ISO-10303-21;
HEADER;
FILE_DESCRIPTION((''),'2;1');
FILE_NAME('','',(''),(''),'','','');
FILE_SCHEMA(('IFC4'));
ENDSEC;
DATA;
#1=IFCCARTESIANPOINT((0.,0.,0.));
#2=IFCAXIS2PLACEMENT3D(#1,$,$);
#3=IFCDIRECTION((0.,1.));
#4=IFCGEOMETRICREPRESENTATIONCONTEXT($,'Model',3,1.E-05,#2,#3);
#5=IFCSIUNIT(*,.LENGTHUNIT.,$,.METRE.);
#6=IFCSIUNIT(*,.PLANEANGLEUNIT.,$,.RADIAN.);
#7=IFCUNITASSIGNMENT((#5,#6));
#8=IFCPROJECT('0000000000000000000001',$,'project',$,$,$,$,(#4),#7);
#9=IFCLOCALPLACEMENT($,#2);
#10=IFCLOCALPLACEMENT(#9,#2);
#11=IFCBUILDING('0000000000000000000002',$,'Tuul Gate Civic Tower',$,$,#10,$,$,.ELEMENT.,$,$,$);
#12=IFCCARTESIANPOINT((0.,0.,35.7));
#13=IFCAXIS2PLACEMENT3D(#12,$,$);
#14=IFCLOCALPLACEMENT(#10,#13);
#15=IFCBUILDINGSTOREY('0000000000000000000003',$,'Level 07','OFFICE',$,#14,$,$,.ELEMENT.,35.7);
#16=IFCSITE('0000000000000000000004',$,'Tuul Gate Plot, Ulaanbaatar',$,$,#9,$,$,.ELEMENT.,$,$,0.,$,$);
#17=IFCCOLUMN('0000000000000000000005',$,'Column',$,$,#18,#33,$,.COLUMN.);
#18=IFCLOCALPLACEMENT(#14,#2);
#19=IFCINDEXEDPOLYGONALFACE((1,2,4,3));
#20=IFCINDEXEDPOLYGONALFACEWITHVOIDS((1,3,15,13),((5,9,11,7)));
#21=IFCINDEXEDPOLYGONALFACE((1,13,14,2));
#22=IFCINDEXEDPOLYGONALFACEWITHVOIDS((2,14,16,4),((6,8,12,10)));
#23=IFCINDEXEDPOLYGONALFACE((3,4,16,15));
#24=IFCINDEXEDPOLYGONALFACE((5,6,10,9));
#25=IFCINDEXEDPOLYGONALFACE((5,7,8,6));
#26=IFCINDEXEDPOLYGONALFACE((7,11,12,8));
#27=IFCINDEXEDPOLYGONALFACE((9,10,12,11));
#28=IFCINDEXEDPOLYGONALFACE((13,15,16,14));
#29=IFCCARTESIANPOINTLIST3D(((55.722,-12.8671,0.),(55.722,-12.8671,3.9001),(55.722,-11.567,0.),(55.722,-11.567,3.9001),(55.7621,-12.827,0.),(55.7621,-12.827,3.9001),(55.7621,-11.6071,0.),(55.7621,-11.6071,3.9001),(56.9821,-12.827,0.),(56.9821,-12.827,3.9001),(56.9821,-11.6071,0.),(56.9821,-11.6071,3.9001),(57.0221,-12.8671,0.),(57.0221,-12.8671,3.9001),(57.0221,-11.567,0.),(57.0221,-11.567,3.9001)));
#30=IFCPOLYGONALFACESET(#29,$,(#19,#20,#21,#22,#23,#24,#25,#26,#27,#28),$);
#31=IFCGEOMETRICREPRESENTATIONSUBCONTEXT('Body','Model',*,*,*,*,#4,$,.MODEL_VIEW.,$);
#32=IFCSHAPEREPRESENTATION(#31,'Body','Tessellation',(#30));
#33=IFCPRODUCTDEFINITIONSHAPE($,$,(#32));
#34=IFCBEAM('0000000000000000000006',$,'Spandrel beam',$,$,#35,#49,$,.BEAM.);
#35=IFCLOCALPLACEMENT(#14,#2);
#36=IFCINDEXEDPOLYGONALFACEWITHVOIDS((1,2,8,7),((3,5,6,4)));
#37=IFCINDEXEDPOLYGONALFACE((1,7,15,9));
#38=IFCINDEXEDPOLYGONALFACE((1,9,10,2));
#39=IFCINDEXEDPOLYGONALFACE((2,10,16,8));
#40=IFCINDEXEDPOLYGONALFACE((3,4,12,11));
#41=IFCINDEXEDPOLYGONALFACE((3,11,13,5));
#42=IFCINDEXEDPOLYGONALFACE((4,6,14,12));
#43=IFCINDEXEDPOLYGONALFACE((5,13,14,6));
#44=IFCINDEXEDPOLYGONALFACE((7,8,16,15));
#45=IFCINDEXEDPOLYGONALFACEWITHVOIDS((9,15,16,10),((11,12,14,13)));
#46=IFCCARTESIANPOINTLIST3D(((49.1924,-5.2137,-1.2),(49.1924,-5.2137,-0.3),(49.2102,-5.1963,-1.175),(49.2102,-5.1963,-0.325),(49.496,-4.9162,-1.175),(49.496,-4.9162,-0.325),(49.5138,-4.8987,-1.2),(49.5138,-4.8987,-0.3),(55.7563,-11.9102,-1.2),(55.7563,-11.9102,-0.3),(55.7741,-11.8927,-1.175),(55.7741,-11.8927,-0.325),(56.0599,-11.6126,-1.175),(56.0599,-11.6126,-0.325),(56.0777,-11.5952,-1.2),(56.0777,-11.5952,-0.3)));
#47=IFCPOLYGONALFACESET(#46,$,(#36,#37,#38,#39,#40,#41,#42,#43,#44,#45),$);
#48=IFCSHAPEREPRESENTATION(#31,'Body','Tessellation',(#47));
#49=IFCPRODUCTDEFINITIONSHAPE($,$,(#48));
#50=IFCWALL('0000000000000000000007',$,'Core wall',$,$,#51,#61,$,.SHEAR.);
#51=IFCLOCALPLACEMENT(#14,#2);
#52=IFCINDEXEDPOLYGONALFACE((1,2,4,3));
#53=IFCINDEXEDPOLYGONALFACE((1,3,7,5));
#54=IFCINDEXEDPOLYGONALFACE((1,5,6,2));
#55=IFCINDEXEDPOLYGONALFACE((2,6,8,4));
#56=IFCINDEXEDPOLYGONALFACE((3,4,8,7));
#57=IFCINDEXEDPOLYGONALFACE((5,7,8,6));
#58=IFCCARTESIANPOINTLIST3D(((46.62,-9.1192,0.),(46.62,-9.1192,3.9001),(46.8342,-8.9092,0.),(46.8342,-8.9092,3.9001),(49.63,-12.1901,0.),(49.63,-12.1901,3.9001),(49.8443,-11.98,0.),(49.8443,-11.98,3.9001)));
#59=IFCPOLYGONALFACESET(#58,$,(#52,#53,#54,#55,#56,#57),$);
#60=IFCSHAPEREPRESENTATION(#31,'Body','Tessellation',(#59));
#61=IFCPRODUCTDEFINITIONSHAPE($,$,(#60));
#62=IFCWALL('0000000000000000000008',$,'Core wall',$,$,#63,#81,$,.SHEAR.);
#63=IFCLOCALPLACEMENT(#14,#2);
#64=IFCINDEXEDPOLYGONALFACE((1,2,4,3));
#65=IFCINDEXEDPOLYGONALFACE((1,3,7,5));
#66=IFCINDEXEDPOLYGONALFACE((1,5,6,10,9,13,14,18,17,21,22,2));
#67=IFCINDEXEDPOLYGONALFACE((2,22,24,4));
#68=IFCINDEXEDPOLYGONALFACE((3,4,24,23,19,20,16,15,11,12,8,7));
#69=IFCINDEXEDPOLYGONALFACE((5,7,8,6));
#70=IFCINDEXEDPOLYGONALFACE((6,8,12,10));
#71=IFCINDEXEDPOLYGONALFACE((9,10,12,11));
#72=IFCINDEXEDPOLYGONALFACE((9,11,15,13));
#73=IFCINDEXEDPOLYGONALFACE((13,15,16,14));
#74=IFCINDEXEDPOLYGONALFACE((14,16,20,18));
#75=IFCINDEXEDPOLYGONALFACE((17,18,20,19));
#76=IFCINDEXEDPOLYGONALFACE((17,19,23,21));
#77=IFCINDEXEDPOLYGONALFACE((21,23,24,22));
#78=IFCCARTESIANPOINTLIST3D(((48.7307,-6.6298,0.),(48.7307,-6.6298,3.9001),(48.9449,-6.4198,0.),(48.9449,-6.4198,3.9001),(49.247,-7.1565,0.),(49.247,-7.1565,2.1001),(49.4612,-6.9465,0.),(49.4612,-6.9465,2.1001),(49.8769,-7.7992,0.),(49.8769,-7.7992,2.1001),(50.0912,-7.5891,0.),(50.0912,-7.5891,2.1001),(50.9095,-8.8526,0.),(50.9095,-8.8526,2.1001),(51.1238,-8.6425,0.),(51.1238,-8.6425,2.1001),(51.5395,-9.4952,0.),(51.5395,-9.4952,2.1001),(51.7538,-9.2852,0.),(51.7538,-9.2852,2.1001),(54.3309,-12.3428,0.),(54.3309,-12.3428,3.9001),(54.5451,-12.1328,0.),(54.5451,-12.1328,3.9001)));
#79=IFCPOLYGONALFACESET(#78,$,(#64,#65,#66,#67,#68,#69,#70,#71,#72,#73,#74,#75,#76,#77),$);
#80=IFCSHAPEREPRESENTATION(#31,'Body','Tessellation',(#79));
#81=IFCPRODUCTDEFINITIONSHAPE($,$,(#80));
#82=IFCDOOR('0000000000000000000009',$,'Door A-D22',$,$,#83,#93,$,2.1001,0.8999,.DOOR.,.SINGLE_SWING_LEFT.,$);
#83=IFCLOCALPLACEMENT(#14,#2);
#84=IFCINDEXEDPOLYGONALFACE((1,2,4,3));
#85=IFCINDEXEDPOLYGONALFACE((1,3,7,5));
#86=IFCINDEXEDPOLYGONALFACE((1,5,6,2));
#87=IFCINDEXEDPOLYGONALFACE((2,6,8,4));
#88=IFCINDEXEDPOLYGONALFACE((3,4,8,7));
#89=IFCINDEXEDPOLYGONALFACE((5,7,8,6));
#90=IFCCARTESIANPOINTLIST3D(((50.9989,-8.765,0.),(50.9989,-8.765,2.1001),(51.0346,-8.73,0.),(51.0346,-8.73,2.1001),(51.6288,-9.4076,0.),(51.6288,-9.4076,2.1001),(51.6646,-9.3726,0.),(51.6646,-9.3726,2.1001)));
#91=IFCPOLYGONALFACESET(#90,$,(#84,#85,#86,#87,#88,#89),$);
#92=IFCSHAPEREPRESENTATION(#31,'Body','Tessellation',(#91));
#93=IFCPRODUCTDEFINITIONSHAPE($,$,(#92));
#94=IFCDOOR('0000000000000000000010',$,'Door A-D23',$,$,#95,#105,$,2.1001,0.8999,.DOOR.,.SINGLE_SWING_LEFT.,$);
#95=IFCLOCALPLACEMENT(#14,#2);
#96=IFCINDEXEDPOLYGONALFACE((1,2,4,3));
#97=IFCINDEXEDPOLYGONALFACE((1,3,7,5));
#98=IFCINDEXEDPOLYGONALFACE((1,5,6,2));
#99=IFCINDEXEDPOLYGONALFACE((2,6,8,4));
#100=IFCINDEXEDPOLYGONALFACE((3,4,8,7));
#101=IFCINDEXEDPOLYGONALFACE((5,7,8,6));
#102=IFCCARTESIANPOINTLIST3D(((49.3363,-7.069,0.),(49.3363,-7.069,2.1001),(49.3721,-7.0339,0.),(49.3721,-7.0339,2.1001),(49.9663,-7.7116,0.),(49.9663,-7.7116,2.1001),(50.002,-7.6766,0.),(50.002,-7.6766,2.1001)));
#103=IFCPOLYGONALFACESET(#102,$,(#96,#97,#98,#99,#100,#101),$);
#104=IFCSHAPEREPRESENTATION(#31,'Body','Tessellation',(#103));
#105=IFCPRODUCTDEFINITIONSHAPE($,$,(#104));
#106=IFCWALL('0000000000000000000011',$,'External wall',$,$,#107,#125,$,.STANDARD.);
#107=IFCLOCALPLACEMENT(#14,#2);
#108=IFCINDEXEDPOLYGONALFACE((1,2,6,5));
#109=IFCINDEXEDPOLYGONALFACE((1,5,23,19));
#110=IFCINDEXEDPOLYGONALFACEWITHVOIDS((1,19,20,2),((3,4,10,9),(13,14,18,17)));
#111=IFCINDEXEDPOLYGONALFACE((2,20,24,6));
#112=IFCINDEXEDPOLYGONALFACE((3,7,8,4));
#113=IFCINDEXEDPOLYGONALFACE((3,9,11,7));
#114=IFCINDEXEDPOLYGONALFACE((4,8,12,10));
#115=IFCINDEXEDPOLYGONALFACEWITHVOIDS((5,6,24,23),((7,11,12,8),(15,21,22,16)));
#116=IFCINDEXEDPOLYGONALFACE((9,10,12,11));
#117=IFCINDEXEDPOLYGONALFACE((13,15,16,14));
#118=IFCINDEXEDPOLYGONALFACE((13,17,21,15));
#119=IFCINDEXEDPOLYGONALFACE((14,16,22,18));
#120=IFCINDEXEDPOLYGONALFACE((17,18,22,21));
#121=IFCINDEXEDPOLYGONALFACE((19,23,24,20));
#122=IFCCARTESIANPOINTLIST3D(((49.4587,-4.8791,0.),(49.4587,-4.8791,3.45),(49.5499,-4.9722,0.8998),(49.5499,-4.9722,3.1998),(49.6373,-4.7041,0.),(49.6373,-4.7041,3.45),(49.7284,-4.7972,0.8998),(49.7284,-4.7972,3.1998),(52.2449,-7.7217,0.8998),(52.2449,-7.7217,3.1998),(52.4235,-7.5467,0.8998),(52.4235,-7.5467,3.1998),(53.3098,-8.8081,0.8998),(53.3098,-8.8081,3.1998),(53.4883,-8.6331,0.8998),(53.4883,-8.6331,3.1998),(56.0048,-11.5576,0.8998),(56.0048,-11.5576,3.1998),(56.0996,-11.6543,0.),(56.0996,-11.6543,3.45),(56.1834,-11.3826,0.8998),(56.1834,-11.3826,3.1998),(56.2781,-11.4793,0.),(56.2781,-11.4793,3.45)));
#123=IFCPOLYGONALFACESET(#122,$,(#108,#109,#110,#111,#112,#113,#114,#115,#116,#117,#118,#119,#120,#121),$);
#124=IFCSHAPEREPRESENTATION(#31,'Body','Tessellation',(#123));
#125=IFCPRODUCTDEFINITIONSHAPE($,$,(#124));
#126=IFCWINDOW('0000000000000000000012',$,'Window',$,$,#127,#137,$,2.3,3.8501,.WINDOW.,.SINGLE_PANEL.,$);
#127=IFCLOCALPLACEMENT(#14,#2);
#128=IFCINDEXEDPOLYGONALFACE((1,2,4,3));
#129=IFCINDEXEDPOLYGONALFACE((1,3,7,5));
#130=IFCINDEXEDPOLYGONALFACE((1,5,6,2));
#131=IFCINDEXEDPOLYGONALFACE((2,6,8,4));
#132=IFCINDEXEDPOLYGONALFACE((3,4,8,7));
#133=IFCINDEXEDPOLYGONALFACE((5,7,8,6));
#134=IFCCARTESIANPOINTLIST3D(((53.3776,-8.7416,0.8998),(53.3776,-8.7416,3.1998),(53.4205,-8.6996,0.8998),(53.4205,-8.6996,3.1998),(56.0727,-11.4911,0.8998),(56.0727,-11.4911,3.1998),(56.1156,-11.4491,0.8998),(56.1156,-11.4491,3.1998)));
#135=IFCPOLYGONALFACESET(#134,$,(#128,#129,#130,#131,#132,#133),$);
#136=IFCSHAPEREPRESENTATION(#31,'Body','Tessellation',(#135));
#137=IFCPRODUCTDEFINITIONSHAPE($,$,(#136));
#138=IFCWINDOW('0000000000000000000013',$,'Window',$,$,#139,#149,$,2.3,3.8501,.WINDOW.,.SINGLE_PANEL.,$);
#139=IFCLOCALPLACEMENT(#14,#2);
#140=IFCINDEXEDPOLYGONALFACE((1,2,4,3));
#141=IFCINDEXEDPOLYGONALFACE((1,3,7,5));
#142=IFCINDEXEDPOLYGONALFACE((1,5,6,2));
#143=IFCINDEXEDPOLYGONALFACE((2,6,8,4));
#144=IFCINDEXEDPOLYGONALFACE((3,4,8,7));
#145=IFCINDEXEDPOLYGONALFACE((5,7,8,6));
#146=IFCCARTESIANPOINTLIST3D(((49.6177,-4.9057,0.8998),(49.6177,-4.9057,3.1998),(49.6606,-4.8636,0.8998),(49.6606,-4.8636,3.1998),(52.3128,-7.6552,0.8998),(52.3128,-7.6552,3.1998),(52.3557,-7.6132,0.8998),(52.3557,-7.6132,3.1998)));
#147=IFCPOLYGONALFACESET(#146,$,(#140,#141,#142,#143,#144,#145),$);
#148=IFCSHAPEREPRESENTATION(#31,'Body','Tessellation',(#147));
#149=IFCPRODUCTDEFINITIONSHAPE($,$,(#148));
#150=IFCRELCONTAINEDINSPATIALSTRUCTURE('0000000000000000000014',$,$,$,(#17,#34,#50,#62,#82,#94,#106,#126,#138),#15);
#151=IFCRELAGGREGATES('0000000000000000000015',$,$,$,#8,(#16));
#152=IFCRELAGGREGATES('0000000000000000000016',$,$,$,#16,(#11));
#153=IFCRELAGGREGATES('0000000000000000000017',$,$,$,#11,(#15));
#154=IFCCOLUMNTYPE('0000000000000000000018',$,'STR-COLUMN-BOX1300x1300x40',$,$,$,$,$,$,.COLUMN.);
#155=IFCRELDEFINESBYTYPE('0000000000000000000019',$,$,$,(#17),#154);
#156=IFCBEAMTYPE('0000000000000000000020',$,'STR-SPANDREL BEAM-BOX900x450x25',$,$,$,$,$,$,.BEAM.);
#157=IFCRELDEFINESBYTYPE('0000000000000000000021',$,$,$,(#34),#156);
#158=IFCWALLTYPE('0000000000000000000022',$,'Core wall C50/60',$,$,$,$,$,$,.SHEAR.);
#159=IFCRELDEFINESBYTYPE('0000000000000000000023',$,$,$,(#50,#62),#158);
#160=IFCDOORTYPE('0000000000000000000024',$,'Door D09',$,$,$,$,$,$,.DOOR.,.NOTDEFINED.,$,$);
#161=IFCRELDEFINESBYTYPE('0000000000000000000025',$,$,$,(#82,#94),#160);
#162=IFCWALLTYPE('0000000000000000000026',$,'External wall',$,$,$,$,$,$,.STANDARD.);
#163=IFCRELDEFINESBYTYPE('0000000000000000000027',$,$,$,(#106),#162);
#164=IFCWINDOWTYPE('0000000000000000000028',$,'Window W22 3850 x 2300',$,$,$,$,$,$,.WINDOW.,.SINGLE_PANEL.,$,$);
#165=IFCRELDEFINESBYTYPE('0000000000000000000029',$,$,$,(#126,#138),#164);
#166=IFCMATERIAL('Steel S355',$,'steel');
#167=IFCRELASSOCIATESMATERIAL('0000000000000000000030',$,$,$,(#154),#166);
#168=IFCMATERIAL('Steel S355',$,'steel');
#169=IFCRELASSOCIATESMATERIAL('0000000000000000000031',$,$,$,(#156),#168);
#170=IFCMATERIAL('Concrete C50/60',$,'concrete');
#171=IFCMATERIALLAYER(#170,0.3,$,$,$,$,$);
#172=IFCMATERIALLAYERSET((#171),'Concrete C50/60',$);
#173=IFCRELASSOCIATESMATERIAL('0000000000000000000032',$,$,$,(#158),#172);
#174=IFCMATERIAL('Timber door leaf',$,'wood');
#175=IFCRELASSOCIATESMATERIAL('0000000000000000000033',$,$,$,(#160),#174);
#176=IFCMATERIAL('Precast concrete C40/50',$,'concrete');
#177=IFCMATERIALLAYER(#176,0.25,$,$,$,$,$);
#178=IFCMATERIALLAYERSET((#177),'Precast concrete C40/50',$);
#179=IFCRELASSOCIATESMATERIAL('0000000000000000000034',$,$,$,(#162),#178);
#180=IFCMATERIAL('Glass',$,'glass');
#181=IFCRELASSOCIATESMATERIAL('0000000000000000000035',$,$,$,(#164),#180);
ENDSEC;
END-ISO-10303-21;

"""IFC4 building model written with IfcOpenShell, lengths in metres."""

from ifc_helpers import new_model, si_unit, direction, frame, frame_2d, origin, origin_2d, place, context, subcontext, project, spatial, rectangle, hollow_rectangle, extrude, material, layer, layer_set, material_profile, profile_set, type_object, element, fill, save


model = new_model("IFC4")

# Units and contexts
model_context = context("Model", 3, precision=1e-05, world=origin(), true_north=direction((0.0, 1.0)))
body_context = subcontext(model_context, "Body", "Model", "MODEL_VIEW")
ifc_project = project(units=[si_unit("LENGTHUNIT", "METRE"), si_unit("PLANEANGLEUNIT", "RADIAN")], contexts=[model_context])

# Site, building, storey
site_placement = place(None, origin())
site = spatial("IfcSite", under=ifc_project, at=site_placement, Name="Tuul Gate Plot, Ulaanbaatar", CompositionType="ELEMENT", RefElevation=0.0)
building_placement = place(site_placement, origin())
building = spatial("IfcBuilding", under=site, at=building_placement, Name="Tuul Gate Civic Tower", CompositionType="ELEMENT")
storey_placement = place(building_placement, frame((0.0, 0.0, 35.7)))
storey = spatial("IfcBuildingStorey", under=building, at=storey_placement, Name="Level 07", Description="OFFICE", CompositionType="ELEMENT", Elevation=35.7)

# Column
ifc_material_1 = material(Name="Steel S355", Category="steel")
ifc_material_profile_1 = material_profile(ifc_material_1, hollow_rectangle(XDim=1.3, YDim=1.3, WallThickness=0.04, at=origin_2d()), Name="BOX1300x1300x40")
ifc_profile_set_1 = profile_set([ifc_material_profile_1], Name="Steel S355")
column_type = type_object("IfcColumnType", Name="STR-COLUMN-BOX1300x1300x40", PredefinedType="COLUMN", material=ifc_profile_set_1)
column_placement = place(storey_placement, frame((56.3721, -12.217, 0.0), z_axis=(0.0, 0.0, 1.0), x_axis=(1.0, 0.0, 0.0)))
element("IfcColumn", 1, at=column_placement, inside=storey, type_object=column_type, Name="Column", PredefinedType="COLUMN", context=body_context, shape_type="SweptSolid", body=[
    extrude(hollow_rectangle(XDim=1.3, YDim=1.3, WallThickness=0.04, at=origin_2d()), origin(), (0.0, 0.0, 1.0), 3.9001),
])

# Beam
ifc_material_2 = material(Name="Steel S355", Category="steel")
ifc_material_profile_2 = material_profile(ifc_material_2, hollow_rectangle(XDim=0.45, YDim=0.8999, WallThickness=0.0249, at=origin_2d()), Name="BOX900x450x25")
ifc_profile_set_2 = profile_set([ifc_material_profile_2], Name="Steel S355")
beam_type = type_object("IfcBeamType", Name="STR-SPANDREL BEAM-BOX900x450x25", PredefinedType="BEAM", material=ifc_profile_set_2)
beam_placement = place(storey_placement, frame((55.917, -11.7527, -0.75), z_axis=(-0.700003, 0.71414, 0.0), x_axis=(-0.71414, -0.700003, 0.0)))
element("IfcBeam", 2, at=beam_placement, inside=storey, type_object=beam_type, Name="Spandrel beam", PredefinedType="BEAM", context=body_context, shape_type="SweptSolid", body=[
    extrude(hollow_rectangle(XDim=0.45, YDim=0.8999, WallThickness=0.0249, at=origin_2d()), origin(), (0.0, 0.0, 1.0), 9.377),
])

# Wall
ifc_material_3 = material(Name="Concrete C50/60", Category="concrete")
ifc_layer_1 = layer(ifc_material_3, 0.3)
ifc_layer_set_1 = layer_set([ifc_layer_1], Name="Concrete C50/60")
wall_type_1 = type_object("IfcWallType", Name="Core wall C50/60", PredefinedType="SHEAR", material=ifc_layer_set_1)
wall_1_placement = place(storey_placement, frame((49.7371, -12.085, 0.0), z_axis=(0.0, 0.0, 1.0), x_axis=(-0.700003, 0.71414, 0.0)))
element("IfcWall", 3, at=wall_1_placement, inside=storey, type_object=wall_type_1, Name="Core wall", PredefinedType="SHEAR", context=body_context, shape_type="SweptSolid", body=[
    extrude(rectangle(XDim=4.3, YDim=0.3, at=frame_2d((2.1499, 0.0))), origin(), (0.0, 0.0, 1.0), 3.9001),
])

# Wall, openings, doors
wall_2_placement = place(storey_placement, frame((54.438, -12.2378, 0.0), z_axis=(0.0, 0.0, 1.0), x_axis=(-0.700022, 0.714121, 0.0)))
wall_2 = element("IfcWall", 4, at=wall_2_placement, inside=storey, type_object=wall_type_1, Name="Core wall", PredefinedType="SHEAR", context=body_context, shape_type="SweptSolid", body=[
    extrude(rectangle(XDim=8.0, YDim=0.3, at=frame_2d((4.0, 0.0))), origin(), (0.0, 0.0, 1.0), 3.9001),
])
opening_1_placement = place(wall_2_placement, frame((3.9875, 0.0, 0.0)))
opening_1 = element("IfcOpeningElement", 5, at=opening_1_placement, cuts=wall_2, PredefinedType="OPENING", context=body_context, shape_type="SweptSolid", body=[
    extrude(rectangle(XDim=0.8999, YDim=2.1001, at=frame_2d((0.45, 1.05))), frame((0.0, 0.1602, 0.0), z_axis=(0.0, -1.0, 0.0), x_axis=(1.0, 0.0, 0.0)), (0.0, 0.0, 1.0), 0.3201),
])
opening_2_placement = place(wall_2_placement, frame((6.3625, 0.0, 0.0)))
opening_2 = element("IfcOpeningElement", 6, at=opening_2_placement, cuts=wall_2, PredefinedType="OPENING", context=body_context, shape_type="SweptSolid", body=[
    extrude(rectangle(XDim=0.8999, YDim=2.1001, at=frame_2d((0.45, 1.05))), frame((0.0, 0.1602, 0.0), z_axis=(0.0, -1.0, 0.0), x_axis=(1.0, 0.0, 0.0)), (0.0, 0.0, 1.0), 0.3201),
])
ifc_material_4 = material(Name="Timber door leaf", Category="wood")
door_type = type_object("IfcDoorType", Name="Door D09", OperationType="NOTDEFINED", PredefinedType="DOOR", material=ifc_material_4)
door_1_placement = place(opening_1_placement, origin())
door_1 = element("IfcDoor", 7, at=door_1_placement, inside=storey, type_object=door_type, Name="Door A-D22", OperationType="SINGLE_SWING_LEFT", OverallHeight=2.1001, OverallWidth=0.8999, PredefinedType="DOOR", context=body_context, shape_type="SweptSolid", body=[
    extrude(rectangle(XDim=0.8999, YDim=2.1001, at=frame_2d((0.45, 1.05))), frame((0.0, 0.0249, 0.0), z_axis=(0.0, -1.0, 0.0), x_axis=(1.0, 0.0, 0.0)), (0.0, 0.0, 1.0), 0.05),
])
fill(opening_1, door_1)
door_2_placement = place(opening_2_placement, origin())
door_2 = element("IfcDoor", 8, at=door_2_placement, inside=storey, type_object=door_type, Name="Door A-D23", OperationType="SINGLE_SWING_LEFT", OverallHeight=2.1001, OverallWidth=0.8999, PredefinedType="DOOR", context=body_context, shape_type="SweptSolid", body=[
    extrude(rectangle(XDim=0.8999, YDim=2.1001, at=frame_2d((0.45, 1.05))), frame((0.0, 0.0249, 0.0), z_axis=(0.0, -1.0, 0.0), x_axis=(1.0, 0.0, 0.0)), (0.0, 0.0, 1.0), 0.05),
])
fill(opening_2, door_2)

# Wall, openings, windows
ifc_material_5 = material(Name="Precast concrete C40/50", Category="concrete")
ifc_layer_2 = layer(ifc_material_5, 0.25)
ifc_layer_set_2 = layer_set([ifc_layer_2], Name="Precast concrete C40/50")
wall_type_2 = type_object("IfcWallType", Name="External wall", PredefinedType="STANDARD", material=ifc_layer_set_2)
wall_3_placement = place(storey_placement, frame((56.189, -11.5669, 0.0), z_axis=(0.0, 0.0, 1.0), x_axis=(-0.699994, 0.714148, 0.0)))
wall_3 = element("IfcWall", 9, at=wall_3_placement, inside=storey, type_object=wall_type_2, Name="External wall", PredefinedType="STANDARD", context=body_context, shape_type="SweptSolid", body=[
    extrude(rectangle(XDim=9.4871, YDim=0.25, at=frame_2d((4.7437, 0.0))), origin(), (0.0, 0.0, 1.0), 3.45),
])
opening_3_placement = place(wall_3_placement, frame((0.1355, 0.0, 0.8999)))
opening_3 = element("IfcOpeningElement", 10, at=opening_3_placement, cuts=wall_3, PredefinedType="OPENING", context=body_context, shape_type="SweptSolid", body=[
    extrude(rectangle(XDim=3.8501, YDim=2.3, at=frame_2d((1.925, 1.1499))), frame((0.0, 0.135, 0.0), z_axis=(0.0, -1.0, 0.0), x_axis=(1.0, 0.0, 0.0)), (0.0, 0.0, 1.0), 0.27),
])
opening_4_placement = place(wall_3_placement, frame((5.5068, 0.0, 0.8999)))
opening_4 = element("IfcOpeningElement", 11, at=opening_4_placement, cuts=wall_3, PredefinedType="OPENING", context=body_context, shape_type="SweptSolid", body=[
    extrude(rectangle(XDim=3.8501, YDim=2.3, at=frame_2d((1.925, 1.1499))), frame((0.0, 0.135, 0.0), z_axis=(0.0, -1.0, 0.0), x_axis=(1.0, 0.0, 0.0)), (0.0, 0.0, 1.0), 0.27),
])
ifc_material_6 = material(Name="Glass", Category="glass")
window_type = type_object("IfcWindowType", Name="Window W22 3850 x 2300", PartitioningType="SINGLE_PANEL", PredefinedType="WINDOW", material=ifc_material_6)
window_1_placement = place(opening_3_placement, origin())
window_1 = element("IfcWindow", 12, at=window_1_placement, inside=storey, type_object=window_type, Name="Window", OverallHeight=2.3, OverallWidth=3.8501, PartitioningType="SINGLE_PANEL", PredefinedType="WINDOW", context=body_context, shape_type="SweptSolid", body=[
    extrude(rectangle(XDim=3.8501, YDim=2.3, at=frame_2d((1.925, 1.1499))), frame((0.0, 0.03, 0.0), z_axis=(0.0, -1.0, 0.0), x_axis=(1.0, 0.0, 0.0)), (0.0, 0.0, 1.0), 0.0601),
])
fill(opening_3, window_1)
window_2_placement = place(opening_4_placement, origin())
window_2 = element("IfcWindow", 13, at=window_2_placement, inside=storey, type_object=window_type, Name="Window", OverallHeight=2.3, OverallWidth=3.8501, PartitioningType="SINGLE_PANEL", PredefinedType="WINDOW", context=body_context, shape_type="SweptSolid", body=[
    extrude(rectangle(XDim=3.8501, YDim=2.3, at=frame_2d((1.925, 1.1499))), frame((0.0, 0.03, 0.0), z_axis=(0.0, -1.0, 0.0), x_axis=(1.0, 0.0, 0.0)), (0.0, 0.0, 1.0), 0.0601),
])
fill(opening_4, window_2)

save(model, "model.ifc")
